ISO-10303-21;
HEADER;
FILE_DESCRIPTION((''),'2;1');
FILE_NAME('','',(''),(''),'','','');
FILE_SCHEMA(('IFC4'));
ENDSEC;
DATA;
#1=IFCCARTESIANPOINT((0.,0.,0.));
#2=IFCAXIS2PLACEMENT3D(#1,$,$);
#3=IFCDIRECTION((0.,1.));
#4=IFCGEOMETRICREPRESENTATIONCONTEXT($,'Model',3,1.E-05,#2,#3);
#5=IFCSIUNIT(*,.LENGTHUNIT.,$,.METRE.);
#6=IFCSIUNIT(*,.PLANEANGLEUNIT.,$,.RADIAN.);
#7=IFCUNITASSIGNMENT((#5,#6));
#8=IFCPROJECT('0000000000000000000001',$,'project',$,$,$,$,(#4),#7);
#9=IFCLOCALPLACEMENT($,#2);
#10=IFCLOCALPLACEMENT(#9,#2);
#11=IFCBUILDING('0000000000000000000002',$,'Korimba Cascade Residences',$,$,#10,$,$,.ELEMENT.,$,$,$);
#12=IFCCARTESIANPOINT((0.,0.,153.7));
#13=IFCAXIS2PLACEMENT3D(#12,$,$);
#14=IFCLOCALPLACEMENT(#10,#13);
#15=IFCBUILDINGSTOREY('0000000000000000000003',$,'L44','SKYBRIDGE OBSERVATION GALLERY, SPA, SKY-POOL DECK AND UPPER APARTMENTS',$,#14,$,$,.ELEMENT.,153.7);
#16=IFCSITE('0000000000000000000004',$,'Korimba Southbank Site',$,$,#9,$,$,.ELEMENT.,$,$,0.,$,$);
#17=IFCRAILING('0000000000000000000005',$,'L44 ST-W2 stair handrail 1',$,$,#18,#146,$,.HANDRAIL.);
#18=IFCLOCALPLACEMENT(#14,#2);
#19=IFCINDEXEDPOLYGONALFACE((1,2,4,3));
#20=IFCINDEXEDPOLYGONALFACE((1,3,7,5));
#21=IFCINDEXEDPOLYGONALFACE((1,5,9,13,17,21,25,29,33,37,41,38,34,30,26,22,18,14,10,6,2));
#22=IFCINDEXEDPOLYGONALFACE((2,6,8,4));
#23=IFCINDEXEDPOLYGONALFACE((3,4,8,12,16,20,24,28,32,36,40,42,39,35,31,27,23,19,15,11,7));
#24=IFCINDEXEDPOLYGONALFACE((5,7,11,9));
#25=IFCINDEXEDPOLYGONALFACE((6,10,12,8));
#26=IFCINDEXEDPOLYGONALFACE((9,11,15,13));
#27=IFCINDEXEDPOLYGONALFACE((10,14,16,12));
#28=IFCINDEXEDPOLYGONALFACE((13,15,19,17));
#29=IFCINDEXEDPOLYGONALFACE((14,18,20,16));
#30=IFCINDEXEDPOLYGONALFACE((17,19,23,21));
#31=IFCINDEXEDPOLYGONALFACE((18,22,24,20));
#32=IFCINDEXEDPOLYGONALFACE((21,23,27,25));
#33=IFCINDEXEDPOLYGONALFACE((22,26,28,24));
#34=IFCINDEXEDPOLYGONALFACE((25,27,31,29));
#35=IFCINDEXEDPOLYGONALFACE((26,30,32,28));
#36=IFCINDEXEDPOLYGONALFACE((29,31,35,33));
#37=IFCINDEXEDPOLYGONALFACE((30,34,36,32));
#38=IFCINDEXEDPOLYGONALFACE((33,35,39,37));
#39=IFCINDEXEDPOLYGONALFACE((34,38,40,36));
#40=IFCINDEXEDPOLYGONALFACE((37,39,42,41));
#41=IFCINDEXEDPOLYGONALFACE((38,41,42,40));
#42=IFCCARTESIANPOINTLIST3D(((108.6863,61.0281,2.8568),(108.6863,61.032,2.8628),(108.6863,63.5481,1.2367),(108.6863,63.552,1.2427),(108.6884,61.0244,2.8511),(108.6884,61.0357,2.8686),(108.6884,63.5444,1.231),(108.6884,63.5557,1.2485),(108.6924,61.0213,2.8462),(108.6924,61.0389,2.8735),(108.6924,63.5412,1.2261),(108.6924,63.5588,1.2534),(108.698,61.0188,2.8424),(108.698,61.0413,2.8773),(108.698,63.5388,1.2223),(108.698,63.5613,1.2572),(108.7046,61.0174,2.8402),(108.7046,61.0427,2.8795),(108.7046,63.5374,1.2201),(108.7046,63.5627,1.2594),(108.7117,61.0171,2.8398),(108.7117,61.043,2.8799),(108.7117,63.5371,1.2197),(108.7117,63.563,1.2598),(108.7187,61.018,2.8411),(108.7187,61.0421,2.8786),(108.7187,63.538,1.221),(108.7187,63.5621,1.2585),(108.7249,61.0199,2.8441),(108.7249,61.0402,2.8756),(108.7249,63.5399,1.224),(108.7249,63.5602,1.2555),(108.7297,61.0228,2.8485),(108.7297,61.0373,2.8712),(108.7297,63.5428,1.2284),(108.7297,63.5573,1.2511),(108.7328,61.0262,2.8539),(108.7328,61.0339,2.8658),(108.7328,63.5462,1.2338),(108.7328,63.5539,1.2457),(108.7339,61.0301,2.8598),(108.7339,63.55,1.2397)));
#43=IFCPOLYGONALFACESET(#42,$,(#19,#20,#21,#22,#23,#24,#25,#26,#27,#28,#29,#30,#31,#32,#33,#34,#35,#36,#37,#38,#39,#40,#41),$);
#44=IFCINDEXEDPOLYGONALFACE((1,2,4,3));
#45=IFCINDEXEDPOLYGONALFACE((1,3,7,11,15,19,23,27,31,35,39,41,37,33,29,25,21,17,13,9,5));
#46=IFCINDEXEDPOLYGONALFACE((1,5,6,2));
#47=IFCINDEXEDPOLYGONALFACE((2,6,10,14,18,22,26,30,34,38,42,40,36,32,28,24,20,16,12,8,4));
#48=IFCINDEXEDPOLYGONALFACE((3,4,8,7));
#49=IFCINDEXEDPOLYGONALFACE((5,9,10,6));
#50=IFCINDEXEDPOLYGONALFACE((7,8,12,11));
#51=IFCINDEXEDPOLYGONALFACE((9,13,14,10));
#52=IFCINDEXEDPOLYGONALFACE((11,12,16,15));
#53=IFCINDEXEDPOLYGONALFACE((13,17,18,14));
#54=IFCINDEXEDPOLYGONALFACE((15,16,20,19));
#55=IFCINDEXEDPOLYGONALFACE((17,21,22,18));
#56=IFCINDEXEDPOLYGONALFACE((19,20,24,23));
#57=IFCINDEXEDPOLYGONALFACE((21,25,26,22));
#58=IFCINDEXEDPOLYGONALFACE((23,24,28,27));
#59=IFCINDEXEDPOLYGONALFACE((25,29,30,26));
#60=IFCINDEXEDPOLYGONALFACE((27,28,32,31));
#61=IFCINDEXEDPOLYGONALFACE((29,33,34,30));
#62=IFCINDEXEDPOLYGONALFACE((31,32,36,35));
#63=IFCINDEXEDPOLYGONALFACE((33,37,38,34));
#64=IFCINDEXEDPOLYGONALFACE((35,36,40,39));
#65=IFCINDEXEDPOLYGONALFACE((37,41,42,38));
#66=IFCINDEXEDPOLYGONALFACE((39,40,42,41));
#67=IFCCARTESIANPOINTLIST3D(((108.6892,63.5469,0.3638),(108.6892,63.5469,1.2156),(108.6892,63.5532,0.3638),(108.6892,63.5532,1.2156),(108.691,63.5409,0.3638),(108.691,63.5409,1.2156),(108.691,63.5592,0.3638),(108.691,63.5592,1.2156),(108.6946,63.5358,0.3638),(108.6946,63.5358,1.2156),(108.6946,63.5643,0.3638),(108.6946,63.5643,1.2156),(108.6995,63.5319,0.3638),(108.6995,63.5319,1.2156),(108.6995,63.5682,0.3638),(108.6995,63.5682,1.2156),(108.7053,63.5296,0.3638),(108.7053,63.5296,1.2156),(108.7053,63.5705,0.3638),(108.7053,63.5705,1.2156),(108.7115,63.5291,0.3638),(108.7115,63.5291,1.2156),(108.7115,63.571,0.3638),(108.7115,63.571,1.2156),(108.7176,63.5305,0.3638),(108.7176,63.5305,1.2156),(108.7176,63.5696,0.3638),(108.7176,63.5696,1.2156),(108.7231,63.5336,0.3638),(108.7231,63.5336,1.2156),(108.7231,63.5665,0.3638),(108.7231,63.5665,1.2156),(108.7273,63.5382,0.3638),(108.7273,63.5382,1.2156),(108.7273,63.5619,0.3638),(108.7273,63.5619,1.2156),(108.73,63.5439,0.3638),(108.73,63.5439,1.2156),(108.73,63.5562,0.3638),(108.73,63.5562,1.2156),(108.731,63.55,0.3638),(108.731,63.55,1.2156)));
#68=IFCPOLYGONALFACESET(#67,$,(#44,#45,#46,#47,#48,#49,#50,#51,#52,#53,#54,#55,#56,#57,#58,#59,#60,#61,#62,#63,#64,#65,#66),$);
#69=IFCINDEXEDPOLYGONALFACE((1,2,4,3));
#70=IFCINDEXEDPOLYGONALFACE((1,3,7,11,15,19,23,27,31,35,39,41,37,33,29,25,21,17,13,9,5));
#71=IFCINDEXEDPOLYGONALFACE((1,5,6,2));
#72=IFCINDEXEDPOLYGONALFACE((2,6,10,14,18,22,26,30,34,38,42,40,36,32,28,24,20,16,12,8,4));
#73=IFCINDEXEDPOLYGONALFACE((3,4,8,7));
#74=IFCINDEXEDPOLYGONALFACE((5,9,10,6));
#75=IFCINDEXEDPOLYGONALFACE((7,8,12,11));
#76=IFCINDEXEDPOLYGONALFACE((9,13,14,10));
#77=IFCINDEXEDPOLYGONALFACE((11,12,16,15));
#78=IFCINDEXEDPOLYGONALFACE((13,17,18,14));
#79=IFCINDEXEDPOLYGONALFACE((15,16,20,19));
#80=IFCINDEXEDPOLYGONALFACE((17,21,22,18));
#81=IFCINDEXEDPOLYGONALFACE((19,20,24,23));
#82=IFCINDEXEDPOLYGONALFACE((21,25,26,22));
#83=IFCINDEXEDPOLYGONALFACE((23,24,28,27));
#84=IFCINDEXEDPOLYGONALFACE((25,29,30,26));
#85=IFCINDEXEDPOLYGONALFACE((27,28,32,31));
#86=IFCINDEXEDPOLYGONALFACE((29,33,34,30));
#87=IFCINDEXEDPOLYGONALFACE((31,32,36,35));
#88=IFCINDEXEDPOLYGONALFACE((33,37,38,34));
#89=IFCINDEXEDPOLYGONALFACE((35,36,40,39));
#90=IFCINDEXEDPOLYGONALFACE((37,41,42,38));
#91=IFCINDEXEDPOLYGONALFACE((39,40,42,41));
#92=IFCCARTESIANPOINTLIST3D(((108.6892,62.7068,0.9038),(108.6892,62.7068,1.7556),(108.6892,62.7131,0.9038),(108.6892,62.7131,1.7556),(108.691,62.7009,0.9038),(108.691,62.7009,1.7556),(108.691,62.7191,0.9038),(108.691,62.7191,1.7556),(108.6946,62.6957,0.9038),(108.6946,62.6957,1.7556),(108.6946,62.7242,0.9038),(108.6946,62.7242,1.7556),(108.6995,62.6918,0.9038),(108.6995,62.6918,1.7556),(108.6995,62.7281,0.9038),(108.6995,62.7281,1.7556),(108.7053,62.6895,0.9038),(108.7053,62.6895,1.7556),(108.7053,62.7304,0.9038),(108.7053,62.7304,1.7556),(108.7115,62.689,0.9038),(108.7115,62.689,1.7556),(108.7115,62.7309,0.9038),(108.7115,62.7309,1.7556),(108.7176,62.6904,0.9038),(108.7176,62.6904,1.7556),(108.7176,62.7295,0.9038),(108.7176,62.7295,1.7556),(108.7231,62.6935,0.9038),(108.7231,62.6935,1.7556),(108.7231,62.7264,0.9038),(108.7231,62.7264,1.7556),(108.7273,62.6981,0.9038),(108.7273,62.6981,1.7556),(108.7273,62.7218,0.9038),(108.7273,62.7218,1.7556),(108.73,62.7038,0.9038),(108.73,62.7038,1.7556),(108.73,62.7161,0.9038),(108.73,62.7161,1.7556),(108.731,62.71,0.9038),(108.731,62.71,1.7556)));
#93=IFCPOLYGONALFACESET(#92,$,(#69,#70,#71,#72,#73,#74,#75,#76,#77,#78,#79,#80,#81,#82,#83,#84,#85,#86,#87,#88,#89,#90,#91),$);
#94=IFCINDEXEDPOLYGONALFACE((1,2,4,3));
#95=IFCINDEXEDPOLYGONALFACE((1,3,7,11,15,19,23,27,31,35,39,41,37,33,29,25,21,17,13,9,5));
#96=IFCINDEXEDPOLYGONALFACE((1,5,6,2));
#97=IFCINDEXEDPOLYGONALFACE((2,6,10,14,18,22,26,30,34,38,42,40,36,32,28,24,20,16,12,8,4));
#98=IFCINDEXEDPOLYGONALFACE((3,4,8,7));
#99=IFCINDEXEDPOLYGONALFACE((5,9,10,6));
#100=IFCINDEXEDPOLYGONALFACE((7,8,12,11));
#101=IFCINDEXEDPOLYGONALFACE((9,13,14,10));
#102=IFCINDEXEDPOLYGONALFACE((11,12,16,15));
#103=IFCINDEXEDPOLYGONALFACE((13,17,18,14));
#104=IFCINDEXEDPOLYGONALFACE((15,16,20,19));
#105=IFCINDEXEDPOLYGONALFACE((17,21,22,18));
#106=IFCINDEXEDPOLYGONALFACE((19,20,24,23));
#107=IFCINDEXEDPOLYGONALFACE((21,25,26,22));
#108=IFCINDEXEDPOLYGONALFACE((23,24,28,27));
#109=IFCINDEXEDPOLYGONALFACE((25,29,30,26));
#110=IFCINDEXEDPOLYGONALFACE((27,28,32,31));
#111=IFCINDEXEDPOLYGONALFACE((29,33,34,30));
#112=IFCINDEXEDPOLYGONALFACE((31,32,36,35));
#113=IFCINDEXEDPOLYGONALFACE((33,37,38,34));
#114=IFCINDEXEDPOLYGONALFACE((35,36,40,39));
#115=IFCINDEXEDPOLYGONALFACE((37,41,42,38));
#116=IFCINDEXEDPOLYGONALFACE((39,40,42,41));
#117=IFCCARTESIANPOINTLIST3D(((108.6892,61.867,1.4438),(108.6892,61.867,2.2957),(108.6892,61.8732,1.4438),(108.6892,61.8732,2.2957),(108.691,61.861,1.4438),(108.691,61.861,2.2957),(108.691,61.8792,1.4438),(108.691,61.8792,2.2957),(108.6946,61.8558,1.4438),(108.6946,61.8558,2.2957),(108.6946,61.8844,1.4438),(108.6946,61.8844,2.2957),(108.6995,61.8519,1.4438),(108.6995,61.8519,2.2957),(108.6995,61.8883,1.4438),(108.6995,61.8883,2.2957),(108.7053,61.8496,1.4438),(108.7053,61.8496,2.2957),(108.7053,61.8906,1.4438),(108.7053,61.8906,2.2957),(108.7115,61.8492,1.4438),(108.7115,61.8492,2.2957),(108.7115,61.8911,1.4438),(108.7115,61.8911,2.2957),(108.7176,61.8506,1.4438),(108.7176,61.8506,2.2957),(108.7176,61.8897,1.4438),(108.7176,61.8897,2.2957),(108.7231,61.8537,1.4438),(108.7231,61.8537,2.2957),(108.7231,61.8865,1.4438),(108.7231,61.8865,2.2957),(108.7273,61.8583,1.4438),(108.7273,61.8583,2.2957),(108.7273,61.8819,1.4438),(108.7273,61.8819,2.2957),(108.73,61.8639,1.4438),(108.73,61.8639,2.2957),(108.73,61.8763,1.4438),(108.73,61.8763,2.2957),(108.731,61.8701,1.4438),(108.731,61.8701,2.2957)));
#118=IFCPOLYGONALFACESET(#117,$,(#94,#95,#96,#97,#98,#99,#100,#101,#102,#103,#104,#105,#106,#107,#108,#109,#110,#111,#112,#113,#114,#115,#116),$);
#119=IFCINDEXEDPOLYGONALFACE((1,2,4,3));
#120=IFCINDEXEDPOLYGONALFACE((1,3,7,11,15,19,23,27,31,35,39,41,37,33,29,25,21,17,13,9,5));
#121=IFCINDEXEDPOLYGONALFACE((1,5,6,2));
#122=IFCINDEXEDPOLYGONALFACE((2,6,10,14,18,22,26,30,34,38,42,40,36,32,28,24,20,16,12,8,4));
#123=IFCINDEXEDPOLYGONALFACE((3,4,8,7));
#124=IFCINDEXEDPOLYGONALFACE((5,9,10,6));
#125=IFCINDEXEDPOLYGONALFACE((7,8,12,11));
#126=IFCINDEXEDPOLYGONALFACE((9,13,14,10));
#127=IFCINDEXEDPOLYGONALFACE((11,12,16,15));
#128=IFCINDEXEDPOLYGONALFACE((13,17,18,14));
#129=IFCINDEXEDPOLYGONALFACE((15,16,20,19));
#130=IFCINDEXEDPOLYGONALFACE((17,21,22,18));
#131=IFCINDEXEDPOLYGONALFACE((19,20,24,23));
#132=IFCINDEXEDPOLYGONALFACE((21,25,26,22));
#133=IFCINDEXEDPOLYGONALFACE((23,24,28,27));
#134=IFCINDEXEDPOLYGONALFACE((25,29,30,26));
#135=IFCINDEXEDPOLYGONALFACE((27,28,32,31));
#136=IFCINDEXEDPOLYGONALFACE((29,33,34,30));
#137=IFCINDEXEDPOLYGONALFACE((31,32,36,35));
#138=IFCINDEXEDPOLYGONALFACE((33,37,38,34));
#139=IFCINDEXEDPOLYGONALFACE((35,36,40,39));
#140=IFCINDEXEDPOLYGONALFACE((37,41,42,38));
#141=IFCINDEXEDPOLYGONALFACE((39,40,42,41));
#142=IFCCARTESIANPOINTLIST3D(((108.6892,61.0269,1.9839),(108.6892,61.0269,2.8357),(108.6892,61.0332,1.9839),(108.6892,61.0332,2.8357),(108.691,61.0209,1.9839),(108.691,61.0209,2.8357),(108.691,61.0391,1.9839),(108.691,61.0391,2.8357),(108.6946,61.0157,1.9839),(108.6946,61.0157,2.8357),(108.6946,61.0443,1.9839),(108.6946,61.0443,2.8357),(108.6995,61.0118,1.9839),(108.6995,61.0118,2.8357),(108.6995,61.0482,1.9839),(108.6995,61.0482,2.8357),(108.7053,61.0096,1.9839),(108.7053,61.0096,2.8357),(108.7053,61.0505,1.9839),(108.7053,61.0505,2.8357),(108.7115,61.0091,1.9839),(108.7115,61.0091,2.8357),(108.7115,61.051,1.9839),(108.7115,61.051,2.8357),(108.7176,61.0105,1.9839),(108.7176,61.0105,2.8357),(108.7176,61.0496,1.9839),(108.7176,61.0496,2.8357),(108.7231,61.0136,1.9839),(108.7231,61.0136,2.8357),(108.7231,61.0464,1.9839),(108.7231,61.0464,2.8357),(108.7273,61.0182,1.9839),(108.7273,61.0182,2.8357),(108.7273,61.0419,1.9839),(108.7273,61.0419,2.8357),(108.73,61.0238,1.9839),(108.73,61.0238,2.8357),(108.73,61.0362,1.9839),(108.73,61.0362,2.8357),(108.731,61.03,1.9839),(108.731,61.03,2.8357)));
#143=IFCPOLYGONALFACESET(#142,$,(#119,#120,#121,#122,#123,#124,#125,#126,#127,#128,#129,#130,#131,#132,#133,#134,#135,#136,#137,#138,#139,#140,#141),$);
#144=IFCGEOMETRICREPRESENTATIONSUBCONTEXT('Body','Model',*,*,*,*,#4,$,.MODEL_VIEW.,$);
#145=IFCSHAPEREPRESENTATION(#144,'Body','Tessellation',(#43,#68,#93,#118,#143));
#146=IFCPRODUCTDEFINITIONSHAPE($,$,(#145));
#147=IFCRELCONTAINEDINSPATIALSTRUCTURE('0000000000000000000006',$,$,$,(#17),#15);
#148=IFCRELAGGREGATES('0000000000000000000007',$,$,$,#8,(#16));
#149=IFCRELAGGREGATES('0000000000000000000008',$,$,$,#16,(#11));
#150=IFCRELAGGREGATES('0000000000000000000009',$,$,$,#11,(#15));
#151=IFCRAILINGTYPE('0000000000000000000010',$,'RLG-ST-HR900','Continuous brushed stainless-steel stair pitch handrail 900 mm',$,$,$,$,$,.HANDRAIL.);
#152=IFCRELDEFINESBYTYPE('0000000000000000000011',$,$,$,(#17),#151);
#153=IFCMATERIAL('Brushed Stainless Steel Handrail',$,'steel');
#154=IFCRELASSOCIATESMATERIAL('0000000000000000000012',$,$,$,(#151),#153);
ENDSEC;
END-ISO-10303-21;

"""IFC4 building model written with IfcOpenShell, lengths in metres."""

from ifc_helpers import new_model, si_unit, direction, frame, origin, origin_2d, place, context, subcontext, project, spatial, circle, extrude, material, type_object, element, save


model = new_model("IFC4")

# Units and contexts
model_context = context("Model", 3, precision=1e-05, world=origin(), true_north=direction((0.0, 1.0)))
body_context = subcontext(model_context, "Body", "Model", "MODEL_VIEW")
ifc_project = project(units=[si_unit("LENGTHUNIT", "METRE"), si_unit("PLANEANGLEUNIT", "RADIAN")], contexts=[model_context])

# Site, building, storey
site_placement = place(None, origin())
site = spatial("IfcSite", under=ifc_project, at=site_placement, Name="Korimba Southbank Site", CompositionType="ELEMENT", RefElevation=0.0)
building_placement = place(site_placement, origin())
building = spatial("IfcBuilding", under=site, at=building_placement, Name="Korimba Cascade Residences", CompositionType="ELEMENT")
storey_placement = place(building_placement, frame((0.0, 0.0, 153.7)))
storey = spatial("IfcBuildingStorey", under=building, at=storey_placement, Name="L44", Description="SKYBRIDGE OBSERVATION GALLERY, SPA, SKY-POOL DECK AND UPPER APARTMENTS", CompositionType="ELEMENT", Elevation=153.7)

# Railing
ifc_material_1 = material(Name="Brushed Stainless Steel Handrail", Category="steel")
railing_type_1 = type_object("IfcRailingType", Name="RLG-ST-HR900", Description="Continuous brushed stainless-steel stair pitch handrail 900 mm", PredefinedType="HANDRAIL", material=ifc_material_1)
railing_1_placement = place(storey_placement, frame((108.71, 63.55, 0.3638)))
element("IfcRailing", 1, at=railing_1_placement, inside=storey, type_object=railing_type_1, Name="L44 ST-W2 stair handrail 1", PredefinedType="HANDRAIL", context=body_context, shape_type="SweptSolid", body=[
    extrude(circle(Radius=0.0239, at=origin_2d()), frame((0.0, 0.0, 0.876), z_axis=(0.0, -0.841163, 0.540782), x_axis=(1.0, 0.0, 0.0)), (0.0, 0.0, 1.0), 2.9958),
    extrude(circle(Radius=0.021, at=origin_2d()), origin(), (0.0, 0.0, 1.0), 0.8518),
    extrude(circle(Radius=0.021, at=origin_2d()), frame((0.0, -0.8401, 0.54)), (0.0, 0.0, 1.0), 0.8518),
    extrude(circle(Radius=0.021, at=origin_2d()), frame((0.0, -1.6799, 1.0801)), (0.0, 0.0, 1.0), 0.8518),
    extrude(circle(Radius=0.021, at=origin_2d()), frame((0.0, -2.52, 1.6201)), (0.0, 0.0, 1.0), 0.8518),
])

save(model, "model.ifc")
